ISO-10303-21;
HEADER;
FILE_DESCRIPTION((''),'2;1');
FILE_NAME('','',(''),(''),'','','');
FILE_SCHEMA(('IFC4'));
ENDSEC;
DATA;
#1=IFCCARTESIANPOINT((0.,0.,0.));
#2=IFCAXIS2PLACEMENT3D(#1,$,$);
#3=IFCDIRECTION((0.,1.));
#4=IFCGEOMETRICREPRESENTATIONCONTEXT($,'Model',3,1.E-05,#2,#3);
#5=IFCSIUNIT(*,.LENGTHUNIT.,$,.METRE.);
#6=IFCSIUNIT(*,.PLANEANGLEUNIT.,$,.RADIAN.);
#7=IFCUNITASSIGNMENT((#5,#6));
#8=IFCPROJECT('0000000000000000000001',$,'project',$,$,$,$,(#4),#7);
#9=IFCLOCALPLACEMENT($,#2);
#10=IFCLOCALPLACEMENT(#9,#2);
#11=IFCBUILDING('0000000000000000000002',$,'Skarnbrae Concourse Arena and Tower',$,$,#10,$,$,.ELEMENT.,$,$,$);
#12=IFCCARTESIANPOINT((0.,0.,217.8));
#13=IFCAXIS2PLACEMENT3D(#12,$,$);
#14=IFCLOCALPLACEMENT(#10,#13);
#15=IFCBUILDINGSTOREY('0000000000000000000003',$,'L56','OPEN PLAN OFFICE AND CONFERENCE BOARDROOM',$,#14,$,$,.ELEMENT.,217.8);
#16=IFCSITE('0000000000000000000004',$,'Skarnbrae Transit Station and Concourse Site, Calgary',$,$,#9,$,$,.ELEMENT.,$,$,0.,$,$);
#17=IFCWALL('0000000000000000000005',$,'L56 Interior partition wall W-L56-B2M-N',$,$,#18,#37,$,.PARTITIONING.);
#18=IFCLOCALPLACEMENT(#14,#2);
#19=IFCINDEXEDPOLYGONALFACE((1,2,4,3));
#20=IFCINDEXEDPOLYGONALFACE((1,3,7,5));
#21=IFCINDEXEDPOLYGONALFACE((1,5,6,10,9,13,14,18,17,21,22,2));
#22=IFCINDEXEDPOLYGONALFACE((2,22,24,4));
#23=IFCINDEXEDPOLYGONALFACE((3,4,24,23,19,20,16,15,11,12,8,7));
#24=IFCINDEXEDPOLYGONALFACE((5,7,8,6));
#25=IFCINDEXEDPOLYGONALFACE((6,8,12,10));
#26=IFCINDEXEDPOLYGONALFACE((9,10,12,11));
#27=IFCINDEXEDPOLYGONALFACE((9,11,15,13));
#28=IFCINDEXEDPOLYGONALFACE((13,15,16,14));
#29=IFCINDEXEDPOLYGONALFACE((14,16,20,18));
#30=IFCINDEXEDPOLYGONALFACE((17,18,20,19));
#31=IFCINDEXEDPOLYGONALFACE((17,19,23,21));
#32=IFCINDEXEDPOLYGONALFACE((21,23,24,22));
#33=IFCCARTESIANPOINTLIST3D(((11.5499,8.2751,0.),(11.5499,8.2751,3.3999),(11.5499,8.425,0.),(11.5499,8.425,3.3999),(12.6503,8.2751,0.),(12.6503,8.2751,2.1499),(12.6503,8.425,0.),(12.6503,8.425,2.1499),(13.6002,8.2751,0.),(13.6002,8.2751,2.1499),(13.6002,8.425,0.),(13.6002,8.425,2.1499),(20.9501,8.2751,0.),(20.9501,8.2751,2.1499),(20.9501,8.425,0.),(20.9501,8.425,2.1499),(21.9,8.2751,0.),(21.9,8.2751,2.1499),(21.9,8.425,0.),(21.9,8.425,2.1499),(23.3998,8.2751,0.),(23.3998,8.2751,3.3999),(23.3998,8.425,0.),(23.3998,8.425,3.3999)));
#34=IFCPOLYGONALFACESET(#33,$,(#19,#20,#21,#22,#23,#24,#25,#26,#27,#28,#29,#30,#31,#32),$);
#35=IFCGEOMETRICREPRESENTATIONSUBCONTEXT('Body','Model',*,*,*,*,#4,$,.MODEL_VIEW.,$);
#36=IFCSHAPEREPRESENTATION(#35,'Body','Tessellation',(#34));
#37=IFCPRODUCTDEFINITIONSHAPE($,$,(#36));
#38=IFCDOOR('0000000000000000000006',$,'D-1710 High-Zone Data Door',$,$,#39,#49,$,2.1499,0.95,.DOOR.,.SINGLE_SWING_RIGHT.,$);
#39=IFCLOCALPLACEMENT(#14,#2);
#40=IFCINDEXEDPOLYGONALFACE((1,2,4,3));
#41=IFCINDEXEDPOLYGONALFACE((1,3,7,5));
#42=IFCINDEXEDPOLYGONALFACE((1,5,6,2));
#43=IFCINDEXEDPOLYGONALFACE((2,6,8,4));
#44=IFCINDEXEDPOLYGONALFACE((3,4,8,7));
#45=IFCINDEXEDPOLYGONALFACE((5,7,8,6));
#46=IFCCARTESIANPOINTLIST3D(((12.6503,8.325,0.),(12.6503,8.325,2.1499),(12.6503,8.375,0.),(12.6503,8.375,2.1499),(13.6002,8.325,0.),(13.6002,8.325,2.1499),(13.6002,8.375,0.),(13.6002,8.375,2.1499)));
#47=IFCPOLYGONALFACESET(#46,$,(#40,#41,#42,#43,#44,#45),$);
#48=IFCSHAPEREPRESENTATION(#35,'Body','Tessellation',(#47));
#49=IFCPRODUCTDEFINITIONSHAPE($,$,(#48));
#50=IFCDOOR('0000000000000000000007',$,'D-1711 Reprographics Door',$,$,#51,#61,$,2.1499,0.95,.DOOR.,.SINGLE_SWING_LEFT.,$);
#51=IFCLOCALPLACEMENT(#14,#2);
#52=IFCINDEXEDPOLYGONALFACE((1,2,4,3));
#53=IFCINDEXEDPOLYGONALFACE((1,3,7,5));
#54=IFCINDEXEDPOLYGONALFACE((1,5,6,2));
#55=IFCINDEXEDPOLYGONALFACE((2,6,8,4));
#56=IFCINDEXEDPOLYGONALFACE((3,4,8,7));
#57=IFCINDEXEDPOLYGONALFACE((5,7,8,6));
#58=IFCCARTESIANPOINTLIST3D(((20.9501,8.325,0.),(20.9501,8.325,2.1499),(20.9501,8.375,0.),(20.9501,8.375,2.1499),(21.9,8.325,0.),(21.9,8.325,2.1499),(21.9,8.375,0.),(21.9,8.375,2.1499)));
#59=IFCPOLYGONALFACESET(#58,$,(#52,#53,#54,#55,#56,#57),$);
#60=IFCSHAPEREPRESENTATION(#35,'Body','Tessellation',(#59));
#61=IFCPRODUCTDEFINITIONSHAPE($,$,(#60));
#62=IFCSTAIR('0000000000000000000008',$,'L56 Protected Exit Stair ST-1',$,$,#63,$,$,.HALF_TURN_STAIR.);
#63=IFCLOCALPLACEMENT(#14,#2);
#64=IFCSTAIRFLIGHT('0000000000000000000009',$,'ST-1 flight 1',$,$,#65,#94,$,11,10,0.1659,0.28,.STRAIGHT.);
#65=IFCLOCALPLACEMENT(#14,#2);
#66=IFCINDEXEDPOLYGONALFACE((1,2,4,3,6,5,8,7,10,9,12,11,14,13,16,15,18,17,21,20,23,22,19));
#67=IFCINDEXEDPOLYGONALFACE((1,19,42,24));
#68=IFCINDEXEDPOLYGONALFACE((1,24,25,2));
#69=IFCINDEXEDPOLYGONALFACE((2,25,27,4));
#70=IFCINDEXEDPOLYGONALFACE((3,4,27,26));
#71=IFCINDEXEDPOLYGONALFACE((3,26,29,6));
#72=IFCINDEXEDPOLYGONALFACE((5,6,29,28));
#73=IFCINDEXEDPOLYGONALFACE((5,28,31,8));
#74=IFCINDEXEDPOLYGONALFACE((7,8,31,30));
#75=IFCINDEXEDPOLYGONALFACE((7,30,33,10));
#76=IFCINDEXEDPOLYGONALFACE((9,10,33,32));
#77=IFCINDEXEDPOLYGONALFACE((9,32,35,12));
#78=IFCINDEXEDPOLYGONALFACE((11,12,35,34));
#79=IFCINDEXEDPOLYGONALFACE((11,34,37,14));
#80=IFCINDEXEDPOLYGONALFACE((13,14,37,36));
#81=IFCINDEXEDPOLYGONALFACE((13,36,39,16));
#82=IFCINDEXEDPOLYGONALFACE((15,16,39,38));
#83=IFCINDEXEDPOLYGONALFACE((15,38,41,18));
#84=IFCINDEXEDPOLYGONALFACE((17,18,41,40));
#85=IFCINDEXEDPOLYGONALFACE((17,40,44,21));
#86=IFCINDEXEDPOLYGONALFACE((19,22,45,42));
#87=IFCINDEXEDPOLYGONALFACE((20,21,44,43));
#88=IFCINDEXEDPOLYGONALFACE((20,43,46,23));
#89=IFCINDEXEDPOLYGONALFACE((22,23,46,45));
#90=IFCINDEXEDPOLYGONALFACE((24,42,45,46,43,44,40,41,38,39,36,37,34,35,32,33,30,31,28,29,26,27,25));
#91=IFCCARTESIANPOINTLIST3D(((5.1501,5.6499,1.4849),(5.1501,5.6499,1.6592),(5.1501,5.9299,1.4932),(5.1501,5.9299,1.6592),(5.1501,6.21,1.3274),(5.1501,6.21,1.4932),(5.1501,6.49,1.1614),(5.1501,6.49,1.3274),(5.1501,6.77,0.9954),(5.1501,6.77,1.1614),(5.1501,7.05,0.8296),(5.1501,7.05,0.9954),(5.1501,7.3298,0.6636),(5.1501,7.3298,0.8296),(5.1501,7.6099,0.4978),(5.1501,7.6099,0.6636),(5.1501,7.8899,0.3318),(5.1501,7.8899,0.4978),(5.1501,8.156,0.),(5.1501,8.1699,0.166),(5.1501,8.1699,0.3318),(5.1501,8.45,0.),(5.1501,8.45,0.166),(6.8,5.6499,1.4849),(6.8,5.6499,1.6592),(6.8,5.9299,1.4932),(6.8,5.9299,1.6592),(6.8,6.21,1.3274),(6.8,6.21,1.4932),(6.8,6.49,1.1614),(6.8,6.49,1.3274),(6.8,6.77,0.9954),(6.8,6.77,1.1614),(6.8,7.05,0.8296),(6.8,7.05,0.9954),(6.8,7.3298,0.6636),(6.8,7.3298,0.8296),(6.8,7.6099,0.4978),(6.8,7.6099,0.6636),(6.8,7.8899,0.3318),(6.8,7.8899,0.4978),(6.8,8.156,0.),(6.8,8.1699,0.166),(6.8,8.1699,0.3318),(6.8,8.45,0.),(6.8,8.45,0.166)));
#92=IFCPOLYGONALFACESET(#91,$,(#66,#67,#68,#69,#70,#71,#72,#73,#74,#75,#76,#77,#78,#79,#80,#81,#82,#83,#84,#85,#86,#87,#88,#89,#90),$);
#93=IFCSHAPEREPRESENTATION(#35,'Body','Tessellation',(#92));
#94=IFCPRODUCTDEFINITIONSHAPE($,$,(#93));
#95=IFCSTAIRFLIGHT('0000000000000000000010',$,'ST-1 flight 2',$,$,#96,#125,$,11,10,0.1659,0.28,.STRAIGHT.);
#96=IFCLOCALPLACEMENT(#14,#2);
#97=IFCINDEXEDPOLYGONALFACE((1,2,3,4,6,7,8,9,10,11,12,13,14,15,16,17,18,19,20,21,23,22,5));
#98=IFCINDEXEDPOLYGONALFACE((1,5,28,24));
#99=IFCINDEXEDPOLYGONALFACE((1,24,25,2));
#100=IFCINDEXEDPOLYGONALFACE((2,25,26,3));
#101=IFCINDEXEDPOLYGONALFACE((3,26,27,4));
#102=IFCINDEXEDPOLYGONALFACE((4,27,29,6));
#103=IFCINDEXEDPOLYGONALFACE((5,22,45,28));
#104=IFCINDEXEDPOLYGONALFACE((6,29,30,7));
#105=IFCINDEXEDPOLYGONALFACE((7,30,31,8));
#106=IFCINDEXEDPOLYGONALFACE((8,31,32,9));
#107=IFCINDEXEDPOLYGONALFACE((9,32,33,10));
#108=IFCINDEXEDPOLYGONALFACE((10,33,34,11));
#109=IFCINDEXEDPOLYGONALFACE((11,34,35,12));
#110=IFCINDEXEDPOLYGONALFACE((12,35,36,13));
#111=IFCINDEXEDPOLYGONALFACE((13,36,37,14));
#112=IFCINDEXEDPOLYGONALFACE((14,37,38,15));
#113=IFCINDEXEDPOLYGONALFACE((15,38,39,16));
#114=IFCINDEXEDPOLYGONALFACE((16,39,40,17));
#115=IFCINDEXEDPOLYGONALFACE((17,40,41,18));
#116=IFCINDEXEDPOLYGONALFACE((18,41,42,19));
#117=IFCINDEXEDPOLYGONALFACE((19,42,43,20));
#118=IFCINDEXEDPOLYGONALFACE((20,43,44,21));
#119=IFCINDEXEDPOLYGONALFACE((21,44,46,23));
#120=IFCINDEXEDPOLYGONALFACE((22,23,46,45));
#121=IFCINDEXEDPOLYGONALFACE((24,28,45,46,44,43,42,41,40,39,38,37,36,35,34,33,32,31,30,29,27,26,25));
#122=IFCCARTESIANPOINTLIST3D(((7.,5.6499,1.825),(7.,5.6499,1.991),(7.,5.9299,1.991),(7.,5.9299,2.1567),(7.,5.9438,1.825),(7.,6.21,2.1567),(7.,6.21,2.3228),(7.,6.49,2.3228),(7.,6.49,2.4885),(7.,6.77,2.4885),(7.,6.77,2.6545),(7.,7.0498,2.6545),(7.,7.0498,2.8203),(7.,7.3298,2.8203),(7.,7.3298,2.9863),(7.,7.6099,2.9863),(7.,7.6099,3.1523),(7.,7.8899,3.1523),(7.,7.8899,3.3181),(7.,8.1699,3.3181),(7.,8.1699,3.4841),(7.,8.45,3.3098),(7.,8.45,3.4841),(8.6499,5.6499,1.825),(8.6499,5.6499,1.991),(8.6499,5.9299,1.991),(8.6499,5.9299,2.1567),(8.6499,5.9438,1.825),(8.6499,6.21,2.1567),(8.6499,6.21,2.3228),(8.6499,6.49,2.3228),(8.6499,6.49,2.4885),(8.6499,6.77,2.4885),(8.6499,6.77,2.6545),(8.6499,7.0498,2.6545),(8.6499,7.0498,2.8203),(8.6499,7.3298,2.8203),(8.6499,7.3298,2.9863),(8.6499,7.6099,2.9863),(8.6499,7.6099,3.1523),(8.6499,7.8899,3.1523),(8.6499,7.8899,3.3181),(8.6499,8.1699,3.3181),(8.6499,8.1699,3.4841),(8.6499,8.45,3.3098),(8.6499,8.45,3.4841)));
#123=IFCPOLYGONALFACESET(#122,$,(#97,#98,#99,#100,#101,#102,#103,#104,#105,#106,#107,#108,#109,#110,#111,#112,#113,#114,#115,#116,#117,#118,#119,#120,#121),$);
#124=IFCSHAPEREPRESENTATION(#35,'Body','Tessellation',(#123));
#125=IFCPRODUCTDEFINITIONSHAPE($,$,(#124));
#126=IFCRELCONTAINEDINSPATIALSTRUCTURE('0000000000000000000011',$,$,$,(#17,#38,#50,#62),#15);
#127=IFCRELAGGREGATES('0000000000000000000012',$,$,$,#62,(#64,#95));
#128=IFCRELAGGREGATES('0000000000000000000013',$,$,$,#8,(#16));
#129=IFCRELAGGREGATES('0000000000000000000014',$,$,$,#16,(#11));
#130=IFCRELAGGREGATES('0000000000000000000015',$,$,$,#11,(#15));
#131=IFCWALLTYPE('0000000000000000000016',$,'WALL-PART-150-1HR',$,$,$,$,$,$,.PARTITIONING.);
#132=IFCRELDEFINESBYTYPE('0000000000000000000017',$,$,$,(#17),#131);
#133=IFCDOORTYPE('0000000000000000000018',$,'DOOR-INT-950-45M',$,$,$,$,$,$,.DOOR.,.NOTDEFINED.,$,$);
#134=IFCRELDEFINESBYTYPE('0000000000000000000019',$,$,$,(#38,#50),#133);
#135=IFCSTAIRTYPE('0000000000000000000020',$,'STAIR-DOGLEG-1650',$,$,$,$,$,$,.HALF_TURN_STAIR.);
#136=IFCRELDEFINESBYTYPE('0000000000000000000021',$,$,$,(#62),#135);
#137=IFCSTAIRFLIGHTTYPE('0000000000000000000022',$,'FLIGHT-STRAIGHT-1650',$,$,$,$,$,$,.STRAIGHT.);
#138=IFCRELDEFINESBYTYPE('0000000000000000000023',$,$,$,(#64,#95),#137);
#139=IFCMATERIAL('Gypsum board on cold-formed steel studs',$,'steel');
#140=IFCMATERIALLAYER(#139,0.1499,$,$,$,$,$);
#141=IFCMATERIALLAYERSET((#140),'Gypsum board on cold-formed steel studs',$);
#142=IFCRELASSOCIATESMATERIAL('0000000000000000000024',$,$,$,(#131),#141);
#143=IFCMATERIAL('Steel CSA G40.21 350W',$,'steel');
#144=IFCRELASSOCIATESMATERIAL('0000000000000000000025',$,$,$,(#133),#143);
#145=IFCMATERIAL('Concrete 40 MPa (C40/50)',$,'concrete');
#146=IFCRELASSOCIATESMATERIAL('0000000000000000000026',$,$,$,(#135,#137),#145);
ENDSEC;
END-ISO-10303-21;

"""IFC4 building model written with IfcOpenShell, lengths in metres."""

from ifc_helpers import new_model, si_unit, direction, frame, frame_2d, origin, place, context, subcontext, project, spatial, polyline, rectangle, outline, extrude, source, transform, mapped, material, layer, layer_set, type_object, element, fill, aggregate, save


model = new_model("IFC4")

# Units and contexts
model_context = context("Model", 3, precision=1e-05, world=origin(), true_north=direction((0.0, 1.0)))
body_context = subcontext(model_context, "Body", "Model", "MODEL_VIEW")
ifc_project = project(units=[si_unit("LENGTHUNIT", "METRE"), si_unit("PLANEANGLEUNIT", "RADIAN")], contexts=[model_context])

# Site, building, storey
site_placement = place(None, origin())
site = spatial("IfcSite", under=ifc_project, at=site_placement, Name="Skarnbrae Transit Station and Concourse Site, Calgary", CompositionType="ELEMENT", RefElevation=0.0)
building_placement = place(site_placement, origin())
building = spatial("IfcBuilding", under=site, at=building_placement, Name="Skarnbrae Concourse Arena and Tower", CompositionType="ELEMENT")
storey_placement = place(building_placement, frame((0.0, 0.0, 217.8)))
storey = spatial("IfcBuildingStorey", under=building, at=storey_placement, Name="L56", Description="OPEN PLAN OFFICE AND CONFERENCE BOARDROOM", CompositionType="ELEMENT", Elevation=217.8)

# Shared definitions
ifc_material_1 = material(Name="Gypsum board on cold-formed steel studs", Category="steel")
ifc_material_2 = material(Name="Steel CSA G40.21 350W", Category="steel")

# Shared definitions
ifc_layer_1 = layer(ifc_material_1, 0.1499)
ifc_layer_set_1 = layer_set([ifc_layer_1], Name="Gypsum board on cold-formed steel studs")
wall_type_1 = type_object("IfcWallType", Name="WALL-PART-150-1HR", PredefinedType="PARTITIONING", material=ifc_layer_set_1)

# Shared definitions
door_type_1 = type_object("IfcDoorType", Name="DOOR-INT-950-45M", OperationType="NOTDEFINED", PredefinedType="DOOR", material=ifc_material_2)
shared_shape_1 = source(origin(), body_context, "Body", "SweptSolid", [
    extrude(rectangle(XDim=0.95, YDim=2.1499, at=frame_2d((0.4751, 1.075))), frame((0.0, 0.0249, 0.0), z_axis=(0.0, -1.0, 0.0), x_axis=(1.0, 0.0, 0.0)), (0.0, 0.0, 1.0), 0.05),
])

# Shared definitions
shared_shape_2 = source(origin(), body_context, "Body", "SweptSolid", [
    extrude(rectangle(XDim=11.8499, YDim=0.1499, at=frame_2d((5.9248, 0.0))), origin(), (0.0, 0.0, 1.0), 3.3999),
])

# Wall, openings, doors
wall_1_placement = place(storey_placement, frame((11.55, 8.3501, 0.0), z_axis=(0.0, 0.0, 1.0), x_axis=(1.0, 0.0, 0.0)))
wall_1 = element("IfcWall", 1, at=wall_1_placement, inside=storey, type_object=wall_type_1, Name="L56 Interior partition wall W-L56-B2M-N", PredefinedType="PARTITIONING", context=body_context, shape_type="MappedRepresentation", body=[
    mapped(shared_shape_2, transform((0.0, 0.0, 0.0))),
])
opening_1_placement = place(wall_1_placement, frame((1.1001, 0.0, 0.0)))
opening_1 = element("IfcOpeningElement", 2, at=opening_1_placement, cuts=wall_1, PredefinedType="OPENING", context=body_context, shape_type="SweptSolid", body=[
    extrude(rectangle(XDim=0.95, YDim=2.1499, at=frame_2d((0.4751, 1.075))), frame((0.0, 0.085, 0.0), z_axis=(0.0, -1.0, 0.0), x_axis=(1.0, 0.0, 0.0)), (0.0, 0.0, 1.0), 0.1699),
])
opening_2_placement = place(wall_1_placement, frame((9.3999, 0.0, 0.0)))
opening_2 = element("IfcOpeningElement", 3, at=opening_2_placement, cuts=wall_1, PredefinedType="OPENING", context=body_context, shape_type="SweptSolid", body=[
    extrude(rectangle(XDim=0.95, YDim=2.1499, at=frame_2d((0.4751, 1.075))), frame((0.0, 0.085, 0.0), z_axis=(0.0, -1.0, 0.0), x_axis=(1.0, 0.0, 0.0)), (0.0, 0.0, 1.0), 0.1699),
])
door_1_placement = place(opening_1_placement, origin())
door_1 = element("IfcDoor", 4, at=door_1_placement, inside=storey, type_object=door_type_1, Name="D-1710 High-Zone Data Door", OperationType="SINGLE_SWING_RIGHT", OverallHeight=2.1499, OverallWidth=0.95, PredefinedType="DOOR", context=body_context, shape_type="MappedRepresentation", body=[
    mapped(shared_shape_1, transform((0.0, 0.0, 0.0))),
])
fill(opening_1, door_1)
door_2_placement = place(opening_2_placement, origin())
door_2 = element("IfcDoor", 5, at=door_2_placement, inside=storey, type_object=door_type_1, Name="D-1711 Reprographics Door", OperationType="SINGLE_SWING_LEFT", OverallHeight=2.1499, OverallWidth=0.95, PredefinedType="DOOR", context=body_context, shape_type="MappedRepresentation", body=[
    mapped(shared_shape_1, transform((0.0, 0.0, 0.0))),
])
fill(opening_2, door_2)

# Stair, stair flights
ifc_material_3 = material(Name="Concrete 40 MPa (C40/50)", Category="concrete")
stair_type = type_object("IfcStairType", Name="STAIR-DOGLEG-1650", PredefinedType="HALF_TURN_STAIR", material=ifc_material_3)
stair_placement = place(storey_placement, origin())
stair = element("IfcStair", 6, at=stair_placement, inside=storey, type_object=stair_type, Name="L56 Protected Exit Stair ST-1", PredefinedType="HALF_TURN_STAIR")
stair_flight_type = type_object("IfcStairFlightType", Name="FLIGHT-STRAIGHT-1650", PredefinedType="STRAIGHT", material=ifc_material_3)
shared_shape_3 = source(origin(), body_context, "Body", "SweptSolid", [
    extrude(outline(polyline([(0.0, 0.0), (0.0, 0.166), (0.28, 0.166), (0.28, 0.3318), (0.5601, 0.3318), (0.5601, 0.4978), (0.8401, 0.4978), (0.8401, 0.6636), (1.1201, 0.6636), (1.1201, 0.8296), (1.3999, 0.8296), (1.3999, 0.9954), (1.6799, 0.9954), (1.6799, 1.1614), (1.96, 1.1614), (1.96, 1.3274), (2.24, 1.3274), (2.24, 1.4932), (2.52, 1.4932), (2.52, 1.6592), (2.8, 1.6592), (2.8, 1.825), (2.8, 1.4849), (0.2939, 0.0), (0.0, 0.0)])), frame((0.0, 0.825, 0.0), z_axis=(0.0, -1.0, 0.0), x_axis=(1.0, 0.0, 0.0)), (0.0, 0.0, 1.0), 1.6499),
])
stair_flight_1_placement = place(storey_placement, frame((5.9751, 8.45, 0.0), z_axis=(0.0, 0.0, 1.0), x_axis=(0.0, -1.0, 0.0)))
stair_flight_1 = element("IfcStairFlight", 7, at=stair_flight_1_placement, type_object=stair_flight_type, Name="ST-1 flight 1", NumberOfRisers=11, NumberOfTreads=10, PredefinedType="STRAIGHT", RiserHeight=0.1659, TreadLength=0.28, context=body_context, shape_type="MappedRepresentation", body=[
    mapped(shared_shape_3, transform((0.0, 0.0, 0.0))),
])
stair_flight_2_placement = place(storey_placement, frame((7.825, 5.6499, 1.825), z_axis=(0.0, 0.0, 1.0), x_axis=(0.0, 1.0, 0.0)))
stair_flight_2 = element("IfcStairFlight", 8, at=stair_flight_2_placement, type_object=stair_flight_type, Name="ST-1 flight 2", NumberOfRisers=11, NumberOfTreads=10, PredefinedType="STRAIGHT", RiserHeight=0.1659, TreadLength=0.28, context=body_context, shape_type="MappedRepresentation", body=[
    mapped(shared_shape_3, transform((0.0, 0.0, 0.0))),
])
aggregate(stair, [stair_flight_1, stair_flight_2])

save(model, "model.ifc")
